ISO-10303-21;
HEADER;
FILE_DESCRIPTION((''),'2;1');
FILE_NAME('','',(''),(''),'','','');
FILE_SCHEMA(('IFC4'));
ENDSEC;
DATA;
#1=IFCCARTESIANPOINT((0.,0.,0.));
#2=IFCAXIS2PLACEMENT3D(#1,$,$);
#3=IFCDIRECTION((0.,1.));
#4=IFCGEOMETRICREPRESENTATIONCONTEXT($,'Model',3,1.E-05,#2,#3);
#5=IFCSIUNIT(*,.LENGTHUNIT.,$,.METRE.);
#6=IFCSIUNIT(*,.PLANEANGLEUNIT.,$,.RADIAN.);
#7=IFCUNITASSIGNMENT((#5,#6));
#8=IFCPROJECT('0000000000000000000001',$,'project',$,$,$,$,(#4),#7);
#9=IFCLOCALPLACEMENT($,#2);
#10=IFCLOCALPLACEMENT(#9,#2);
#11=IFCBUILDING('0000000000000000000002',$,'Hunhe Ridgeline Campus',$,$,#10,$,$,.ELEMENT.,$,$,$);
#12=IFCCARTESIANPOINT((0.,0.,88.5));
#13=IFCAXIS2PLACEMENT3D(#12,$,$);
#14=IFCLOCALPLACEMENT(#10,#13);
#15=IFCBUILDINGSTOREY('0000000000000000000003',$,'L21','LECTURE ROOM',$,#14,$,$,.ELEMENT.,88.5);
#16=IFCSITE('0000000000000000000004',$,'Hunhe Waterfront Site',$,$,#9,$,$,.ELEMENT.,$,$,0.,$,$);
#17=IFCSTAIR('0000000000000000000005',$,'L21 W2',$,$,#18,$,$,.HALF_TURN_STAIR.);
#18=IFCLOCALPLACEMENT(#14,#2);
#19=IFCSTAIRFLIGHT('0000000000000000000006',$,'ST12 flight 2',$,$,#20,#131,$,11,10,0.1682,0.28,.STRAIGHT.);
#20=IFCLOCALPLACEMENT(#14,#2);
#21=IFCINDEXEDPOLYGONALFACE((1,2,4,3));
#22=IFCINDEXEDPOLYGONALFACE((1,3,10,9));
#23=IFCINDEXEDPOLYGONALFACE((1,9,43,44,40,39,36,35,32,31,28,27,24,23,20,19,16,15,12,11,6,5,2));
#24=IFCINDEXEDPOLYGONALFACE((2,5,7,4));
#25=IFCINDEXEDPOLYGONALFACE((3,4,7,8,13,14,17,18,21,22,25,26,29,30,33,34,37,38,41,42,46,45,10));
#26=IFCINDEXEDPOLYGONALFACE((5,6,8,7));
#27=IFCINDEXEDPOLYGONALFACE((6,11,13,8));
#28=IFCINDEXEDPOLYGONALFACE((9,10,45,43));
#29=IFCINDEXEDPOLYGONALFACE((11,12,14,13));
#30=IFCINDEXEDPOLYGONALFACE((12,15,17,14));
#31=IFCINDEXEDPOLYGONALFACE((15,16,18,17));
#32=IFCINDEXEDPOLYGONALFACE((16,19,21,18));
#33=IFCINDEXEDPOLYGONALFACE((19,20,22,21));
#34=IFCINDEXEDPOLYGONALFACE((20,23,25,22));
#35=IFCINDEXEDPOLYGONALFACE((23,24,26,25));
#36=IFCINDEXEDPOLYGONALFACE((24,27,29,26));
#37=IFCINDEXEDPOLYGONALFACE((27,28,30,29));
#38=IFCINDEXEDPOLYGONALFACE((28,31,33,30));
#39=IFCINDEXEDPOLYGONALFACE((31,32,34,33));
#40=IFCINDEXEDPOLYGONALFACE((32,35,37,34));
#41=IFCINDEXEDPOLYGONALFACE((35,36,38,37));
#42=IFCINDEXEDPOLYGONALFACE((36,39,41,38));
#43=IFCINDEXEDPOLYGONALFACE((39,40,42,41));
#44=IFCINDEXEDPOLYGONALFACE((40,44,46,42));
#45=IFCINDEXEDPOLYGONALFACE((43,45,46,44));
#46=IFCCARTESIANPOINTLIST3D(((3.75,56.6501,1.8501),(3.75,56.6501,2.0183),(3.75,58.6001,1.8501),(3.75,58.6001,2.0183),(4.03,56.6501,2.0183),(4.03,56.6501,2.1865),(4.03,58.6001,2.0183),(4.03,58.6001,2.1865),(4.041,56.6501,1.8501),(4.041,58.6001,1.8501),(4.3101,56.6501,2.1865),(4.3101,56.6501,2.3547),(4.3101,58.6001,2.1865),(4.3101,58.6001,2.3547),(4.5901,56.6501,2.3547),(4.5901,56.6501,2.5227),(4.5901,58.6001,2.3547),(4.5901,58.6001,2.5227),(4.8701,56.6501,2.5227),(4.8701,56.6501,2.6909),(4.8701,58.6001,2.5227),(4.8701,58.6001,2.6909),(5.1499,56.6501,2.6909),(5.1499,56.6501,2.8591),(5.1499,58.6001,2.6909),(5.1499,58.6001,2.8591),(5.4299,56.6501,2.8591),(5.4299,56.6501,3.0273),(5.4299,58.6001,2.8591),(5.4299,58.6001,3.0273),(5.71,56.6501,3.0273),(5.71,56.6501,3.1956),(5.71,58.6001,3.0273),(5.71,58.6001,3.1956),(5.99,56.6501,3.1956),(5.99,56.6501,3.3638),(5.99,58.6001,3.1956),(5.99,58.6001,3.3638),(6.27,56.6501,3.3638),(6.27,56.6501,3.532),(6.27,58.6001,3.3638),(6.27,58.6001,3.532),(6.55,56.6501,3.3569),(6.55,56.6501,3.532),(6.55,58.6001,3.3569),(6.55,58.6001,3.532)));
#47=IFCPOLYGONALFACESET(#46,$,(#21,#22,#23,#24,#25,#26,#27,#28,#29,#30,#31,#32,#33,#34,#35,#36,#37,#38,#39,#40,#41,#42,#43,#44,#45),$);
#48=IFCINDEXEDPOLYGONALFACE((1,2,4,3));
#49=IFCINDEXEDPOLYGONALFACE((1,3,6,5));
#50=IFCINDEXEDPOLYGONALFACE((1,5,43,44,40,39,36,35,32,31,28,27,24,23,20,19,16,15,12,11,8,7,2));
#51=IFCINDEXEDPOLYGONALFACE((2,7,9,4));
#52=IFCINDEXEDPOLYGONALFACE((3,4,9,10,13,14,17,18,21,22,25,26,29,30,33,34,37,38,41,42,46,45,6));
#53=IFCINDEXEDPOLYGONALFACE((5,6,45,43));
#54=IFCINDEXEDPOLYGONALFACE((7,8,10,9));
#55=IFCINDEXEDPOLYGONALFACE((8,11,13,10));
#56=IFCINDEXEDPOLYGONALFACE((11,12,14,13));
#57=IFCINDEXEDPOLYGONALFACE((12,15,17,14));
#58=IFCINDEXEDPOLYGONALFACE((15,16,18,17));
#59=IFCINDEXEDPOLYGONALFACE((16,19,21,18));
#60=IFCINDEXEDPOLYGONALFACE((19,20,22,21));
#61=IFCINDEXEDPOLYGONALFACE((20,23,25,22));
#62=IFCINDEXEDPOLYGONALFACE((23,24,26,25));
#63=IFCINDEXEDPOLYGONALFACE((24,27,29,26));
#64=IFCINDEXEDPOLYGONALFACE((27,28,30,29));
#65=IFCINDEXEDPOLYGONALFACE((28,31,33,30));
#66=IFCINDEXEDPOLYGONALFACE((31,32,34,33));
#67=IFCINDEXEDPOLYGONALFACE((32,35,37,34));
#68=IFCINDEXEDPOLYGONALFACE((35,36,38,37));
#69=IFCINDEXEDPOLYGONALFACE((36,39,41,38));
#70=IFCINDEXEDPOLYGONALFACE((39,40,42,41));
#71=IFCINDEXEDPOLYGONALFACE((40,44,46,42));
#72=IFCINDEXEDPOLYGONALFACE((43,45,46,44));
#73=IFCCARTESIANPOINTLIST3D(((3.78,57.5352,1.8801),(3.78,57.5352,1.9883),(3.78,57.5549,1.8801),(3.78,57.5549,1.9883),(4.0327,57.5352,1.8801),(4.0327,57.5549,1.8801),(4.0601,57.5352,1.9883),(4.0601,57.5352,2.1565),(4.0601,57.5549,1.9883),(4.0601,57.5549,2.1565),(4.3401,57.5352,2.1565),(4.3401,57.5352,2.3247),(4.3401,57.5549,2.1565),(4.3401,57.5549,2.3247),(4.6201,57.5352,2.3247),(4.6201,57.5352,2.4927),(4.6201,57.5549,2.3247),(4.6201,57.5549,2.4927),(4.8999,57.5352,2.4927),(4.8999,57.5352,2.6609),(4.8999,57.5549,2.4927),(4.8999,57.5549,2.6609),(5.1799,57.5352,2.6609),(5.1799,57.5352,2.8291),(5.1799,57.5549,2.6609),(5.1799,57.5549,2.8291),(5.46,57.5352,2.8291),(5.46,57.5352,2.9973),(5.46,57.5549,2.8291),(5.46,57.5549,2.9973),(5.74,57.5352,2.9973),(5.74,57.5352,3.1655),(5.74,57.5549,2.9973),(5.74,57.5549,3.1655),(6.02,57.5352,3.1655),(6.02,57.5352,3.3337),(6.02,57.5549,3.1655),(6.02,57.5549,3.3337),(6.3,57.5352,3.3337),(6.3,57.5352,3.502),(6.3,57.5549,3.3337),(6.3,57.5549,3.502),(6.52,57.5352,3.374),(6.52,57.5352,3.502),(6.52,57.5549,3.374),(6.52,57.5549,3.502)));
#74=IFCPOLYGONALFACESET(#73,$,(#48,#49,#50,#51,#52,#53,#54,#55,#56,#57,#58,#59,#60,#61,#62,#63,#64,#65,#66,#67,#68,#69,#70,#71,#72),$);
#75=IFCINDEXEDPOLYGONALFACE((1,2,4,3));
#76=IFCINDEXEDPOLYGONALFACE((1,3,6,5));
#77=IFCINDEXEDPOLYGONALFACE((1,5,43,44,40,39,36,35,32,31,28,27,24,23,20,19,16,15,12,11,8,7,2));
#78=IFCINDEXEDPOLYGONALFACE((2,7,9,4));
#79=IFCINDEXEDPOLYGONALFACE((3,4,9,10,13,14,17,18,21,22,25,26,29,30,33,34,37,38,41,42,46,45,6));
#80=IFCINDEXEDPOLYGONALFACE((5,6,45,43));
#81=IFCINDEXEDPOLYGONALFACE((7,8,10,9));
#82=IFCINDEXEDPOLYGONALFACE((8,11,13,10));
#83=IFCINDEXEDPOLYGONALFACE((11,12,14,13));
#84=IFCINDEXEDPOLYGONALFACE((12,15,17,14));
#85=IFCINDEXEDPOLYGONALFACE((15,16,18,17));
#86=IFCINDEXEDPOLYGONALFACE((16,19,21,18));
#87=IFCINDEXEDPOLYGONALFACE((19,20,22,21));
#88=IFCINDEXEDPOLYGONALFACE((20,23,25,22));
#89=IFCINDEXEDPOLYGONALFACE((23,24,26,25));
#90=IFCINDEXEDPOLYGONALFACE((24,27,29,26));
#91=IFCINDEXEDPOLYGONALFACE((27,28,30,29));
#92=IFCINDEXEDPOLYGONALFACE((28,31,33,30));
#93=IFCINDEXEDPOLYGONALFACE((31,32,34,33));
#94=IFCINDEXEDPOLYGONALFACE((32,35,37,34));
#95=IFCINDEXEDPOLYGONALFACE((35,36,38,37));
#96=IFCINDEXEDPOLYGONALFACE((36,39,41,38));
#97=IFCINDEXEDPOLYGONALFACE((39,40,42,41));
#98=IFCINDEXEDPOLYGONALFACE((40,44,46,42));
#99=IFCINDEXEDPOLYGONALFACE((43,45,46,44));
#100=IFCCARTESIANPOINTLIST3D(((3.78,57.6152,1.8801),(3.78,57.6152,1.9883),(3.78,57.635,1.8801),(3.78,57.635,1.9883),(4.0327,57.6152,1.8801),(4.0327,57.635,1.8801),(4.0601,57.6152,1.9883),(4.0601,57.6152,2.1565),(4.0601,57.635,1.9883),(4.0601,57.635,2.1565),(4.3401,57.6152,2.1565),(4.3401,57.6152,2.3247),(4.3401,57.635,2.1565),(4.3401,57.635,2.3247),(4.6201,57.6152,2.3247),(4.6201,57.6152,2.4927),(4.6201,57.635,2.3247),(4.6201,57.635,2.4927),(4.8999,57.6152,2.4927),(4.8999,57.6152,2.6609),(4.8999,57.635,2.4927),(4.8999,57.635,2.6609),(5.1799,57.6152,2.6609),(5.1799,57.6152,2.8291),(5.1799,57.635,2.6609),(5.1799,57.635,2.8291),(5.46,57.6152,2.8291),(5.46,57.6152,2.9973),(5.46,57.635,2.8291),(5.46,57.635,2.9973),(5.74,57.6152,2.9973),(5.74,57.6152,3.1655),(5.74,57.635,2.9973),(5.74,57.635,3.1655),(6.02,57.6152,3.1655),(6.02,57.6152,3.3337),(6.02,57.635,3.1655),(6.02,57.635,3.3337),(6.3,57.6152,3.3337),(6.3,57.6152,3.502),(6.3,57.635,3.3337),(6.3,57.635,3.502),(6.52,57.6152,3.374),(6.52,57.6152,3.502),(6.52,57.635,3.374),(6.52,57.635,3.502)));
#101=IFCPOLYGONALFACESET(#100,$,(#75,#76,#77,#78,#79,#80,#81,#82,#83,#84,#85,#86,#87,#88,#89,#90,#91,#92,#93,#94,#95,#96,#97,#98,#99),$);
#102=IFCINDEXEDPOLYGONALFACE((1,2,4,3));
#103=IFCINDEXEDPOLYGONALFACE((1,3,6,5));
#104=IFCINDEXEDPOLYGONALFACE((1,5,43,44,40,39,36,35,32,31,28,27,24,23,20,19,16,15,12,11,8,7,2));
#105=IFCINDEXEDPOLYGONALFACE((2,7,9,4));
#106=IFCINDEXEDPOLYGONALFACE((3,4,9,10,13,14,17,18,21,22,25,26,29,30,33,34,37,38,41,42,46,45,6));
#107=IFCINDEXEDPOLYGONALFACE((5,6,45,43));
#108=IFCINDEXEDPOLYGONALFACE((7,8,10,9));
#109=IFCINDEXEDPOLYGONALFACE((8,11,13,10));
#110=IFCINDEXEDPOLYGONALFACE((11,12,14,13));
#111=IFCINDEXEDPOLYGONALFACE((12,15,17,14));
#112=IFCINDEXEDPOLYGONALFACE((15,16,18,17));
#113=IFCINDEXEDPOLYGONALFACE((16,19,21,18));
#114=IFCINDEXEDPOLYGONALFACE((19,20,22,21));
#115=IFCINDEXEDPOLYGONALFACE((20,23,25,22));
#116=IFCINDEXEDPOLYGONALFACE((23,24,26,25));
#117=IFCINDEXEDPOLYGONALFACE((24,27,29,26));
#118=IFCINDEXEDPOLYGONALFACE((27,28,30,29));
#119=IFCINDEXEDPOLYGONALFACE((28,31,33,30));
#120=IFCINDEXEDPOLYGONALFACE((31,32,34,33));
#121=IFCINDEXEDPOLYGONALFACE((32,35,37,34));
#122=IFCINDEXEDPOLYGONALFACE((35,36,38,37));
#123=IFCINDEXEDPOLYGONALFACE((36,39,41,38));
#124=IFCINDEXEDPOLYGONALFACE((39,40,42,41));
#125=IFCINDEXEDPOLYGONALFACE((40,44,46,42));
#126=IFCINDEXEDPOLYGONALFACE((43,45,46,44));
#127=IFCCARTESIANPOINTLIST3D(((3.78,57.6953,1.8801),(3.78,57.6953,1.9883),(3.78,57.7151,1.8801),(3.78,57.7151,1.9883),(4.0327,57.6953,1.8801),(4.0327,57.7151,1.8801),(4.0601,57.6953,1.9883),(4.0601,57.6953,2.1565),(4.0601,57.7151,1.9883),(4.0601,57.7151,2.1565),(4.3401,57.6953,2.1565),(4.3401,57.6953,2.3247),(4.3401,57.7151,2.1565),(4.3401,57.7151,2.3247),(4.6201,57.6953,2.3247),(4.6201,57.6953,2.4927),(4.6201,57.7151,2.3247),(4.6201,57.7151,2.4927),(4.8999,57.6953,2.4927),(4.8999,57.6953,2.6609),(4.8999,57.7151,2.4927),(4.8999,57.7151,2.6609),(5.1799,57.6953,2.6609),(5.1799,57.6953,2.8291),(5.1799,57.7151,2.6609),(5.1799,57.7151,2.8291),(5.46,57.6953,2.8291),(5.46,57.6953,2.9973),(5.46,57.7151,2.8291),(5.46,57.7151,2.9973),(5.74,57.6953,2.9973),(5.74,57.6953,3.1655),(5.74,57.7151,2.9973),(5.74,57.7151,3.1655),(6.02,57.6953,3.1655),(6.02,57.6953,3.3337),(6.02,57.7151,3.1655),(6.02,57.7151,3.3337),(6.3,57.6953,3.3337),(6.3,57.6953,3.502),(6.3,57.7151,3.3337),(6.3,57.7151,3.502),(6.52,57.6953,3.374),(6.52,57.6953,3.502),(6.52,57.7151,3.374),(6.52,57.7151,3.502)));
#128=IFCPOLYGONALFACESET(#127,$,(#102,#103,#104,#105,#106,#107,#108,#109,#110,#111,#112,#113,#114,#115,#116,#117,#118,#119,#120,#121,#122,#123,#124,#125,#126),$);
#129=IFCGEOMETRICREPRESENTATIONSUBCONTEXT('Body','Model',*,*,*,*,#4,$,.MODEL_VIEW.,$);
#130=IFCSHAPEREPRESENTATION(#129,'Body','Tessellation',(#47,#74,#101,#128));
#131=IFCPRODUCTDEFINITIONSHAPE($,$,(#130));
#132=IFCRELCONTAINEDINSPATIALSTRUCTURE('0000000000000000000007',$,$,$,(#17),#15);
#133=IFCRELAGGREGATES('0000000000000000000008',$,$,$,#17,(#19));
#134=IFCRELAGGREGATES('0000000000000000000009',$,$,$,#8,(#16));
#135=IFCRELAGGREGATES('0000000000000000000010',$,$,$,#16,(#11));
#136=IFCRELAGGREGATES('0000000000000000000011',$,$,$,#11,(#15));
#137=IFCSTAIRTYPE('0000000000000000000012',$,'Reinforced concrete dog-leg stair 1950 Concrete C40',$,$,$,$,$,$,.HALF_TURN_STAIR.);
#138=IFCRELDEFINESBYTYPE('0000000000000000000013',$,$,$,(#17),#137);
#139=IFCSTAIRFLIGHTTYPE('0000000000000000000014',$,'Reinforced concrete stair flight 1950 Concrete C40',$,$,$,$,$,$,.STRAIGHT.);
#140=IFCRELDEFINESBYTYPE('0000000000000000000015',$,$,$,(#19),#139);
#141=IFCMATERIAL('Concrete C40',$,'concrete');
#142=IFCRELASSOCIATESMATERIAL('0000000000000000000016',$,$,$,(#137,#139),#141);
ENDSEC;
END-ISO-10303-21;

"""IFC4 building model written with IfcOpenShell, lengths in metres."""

from ifc_helpers import new_model, si_unit, direction, frame, origin, place, context, subcontext, project, spatial, polyline, outline, extrude, material, type_object, element, aggregate, save


model = new_model("IFC4")

# Units and contexts
model_context = context("Model", 3, precision=1e-05, world=origin(), true_north=direction((0.0, 1.0)))
body_context = subcontext(model_context, "Body", "Model", "MODEL_VIEW")
ifc_project = project(units=[si_unit("LENGTHUNIT", "METRE"), si_unit("PLANEANGLEUNIT", "RADIAN")], contexts=[model_context])

# Site, building, storey
site_placement = place(None, origin())
site = spatial("IfcSite", under=ifc_project, at=site_placement, Name="Hunhe Waterfront Site", CompositionType="ELEMENT", RefElevation=0.0)
building_placement = place(site_placement, origin())
building = spatial("IfcBuilding", under=site, at=building_placement, Name="Hunhe Ridgeline Campus", CompositionType="ELEMENT")
storey_placement = place(building_placement, frame((0.0, 0.0, 88.5)))
storey = spatial("IfcBuildingStorey", under=building, at=storey_placement, Name="L21", Description="LECTURE ROOM", CompositionType="ELEMENT", Elevation=88.5)

# Shared definitions
ifc_material_1 = material(Name="Concrete C40", Category="concrete")
stair_type = type_object("IfcStairType", Name="Reinforced concrete dog-leg stair 1950 Concrete C40", PredefinedType="HALF_TURN_STAIR", material=ifc_material_1)
stair_flight_type = type_object("IfcStairFlightType", Name="Reinforced concrete stair flight 1950 Concrete C40", PredefinedType="STRAIGHT", material=ifc_material_1)

# Stair, stair flight
stair_1_placement = place(storey_placement, origin())
stair_1 = element("IfcStair", 1, at=stair_1_placement, inside=storey, type_object=stair_type, Name="L21 W2", PredefinedType="HALF_TURN_STAIR")
stair_flight_1_placement = place(storey_placement, frame((3.75, 57.625, 1.8501), z_axis=(0.0, 0.0, 1.0), x_axis=(1.0, 0.0, 0.0)))
stair_flight_1 = element("IfcStairFlight", 2, at=stair_flight_1_placement, type_object=stair_flight_type, Name="ST12 flight 2", NumberOfRisers=11, NumberOfTreads=10, PredefinedType="STRAIGHT", RiserHeight=0.1682, TreadLength=0.28, context=body_context, shape_type="SweptSolid", body=[
    extrude(outline(polyline([(0.0, 0.0), (0.0, 0.1682), (0.28, 0.1682), (0.28, 0.3364), (0.5601, 0.3364), (0.5601, 0.5046), (0.8401, 0.5046), (0.8401, 0.6726), (1.1201, 0.6726), (1.1201, 0.8408), (1.3999, 0.8408), (1.3999, 1.009), (1.6799, 1.009), (1.6799, 1.1772), (1.96, 1.1772), (1.96, 1.3455), (2.24, 1.3455), (2.24, 1.5137), (2.52, 1.5137), (2.52, 1.6819), (2.8, 1.6819), (2.8, 1.8501), (2.8, 1.5068), (0.291, 0.0), (0.0, 0.0)])), frame((0.0, 0.9751, 0.0), z_axis=(0.0, -1.0, 0.0), x_axis=(1.0, 0.0, 0.0)), (0.0, 0.0, 1.0), 1.95),
    extrude(outline(polyline([(0.03, 0.03), (0.03, 0.1382), (0.3101, 0.1382), (0.3101, 0.3064), (0.5901, 0.3064), (0.5901, 0.4746), (0.8701, 0.4746), (0.8701, 0.6426), (1.1499, 0.6426), (1.1499, 0.8108), (1.4299, 0.8108), (1.4299, 0.979), (1.71, 0.979), (1.71, 1.1472), (1.99, 1.1472), (1.99, 1.3154), (2.27, 1.3154), (2.27, 1.4836), (2.55, 1.4836), (2.55, 1.6519), (2.77, 1.6519), (2.77, 1.5239), (0.2827, 0.03), (0.03, 0.03)])), frame((0.0, -0.0701, 0.0), z_axis=(0.0, -1.0, 0.0), x_axis=(1.0, 0.0, 0.0)), (0.0, 0.0, 1.0), 0.0198),
    extrude(outline(polyline([(0.03, 0.03), (0.03, 0.1382), (0.3101, 0.1382), (0.3101, 0.3064), (0.5901, 0.3064), (0.5901, 0.4746), (0.8701, 0.4746), (0.8701, 0.6426), (1.1499, 0.6426), (1.1499, 0.8108), (1.4299, 0.8108), (1.4299, 0.979), (1.71, 0.979), (1.71, 1.1472), (1.99, 1.1472), (1.99, 1.3154), (2.27, 1.3154), (2.27, 1.4836), (2.55, 1.4836), (2.55, 1.6519), (2.77, 1.6519), (2.77, 1.5239), (0.2827, 0.03), (0.03, 0.03)])), frame((0.0, 0.01, 0.0), z_axis=(0.0, -1.0, 0.0), x_axis=(1.0, 0.0, 0.0)), (0.0, 0.0, 1.0), 0.0198),
    extrude(outline(polyline([(0.03, 0.03), (0.03, 0.1382), (0.3101, 0.1382), (0.3101, 0.3064), (0.5901, 0.3064), (0.5901, 0.4746), (0.8701, 0.4746), (0.8701, 0.6426), (1.1499, 0.6426), (1.1499, 0.8108), (1.4299, 0.8108), (1.4299, 0.979), (1.71, 0.979), (1.71, 1.1472), (1.99, 1.1472), (1.99, 1.3154), (2.27, 1.3154), (2.27, 1.4836), (2.55, 1.4836), (2.55, 1.6519), (2.77, 1.6519), (2.77, 1.5239), (0.2827, 0.03), (0.03, 0.03)])), frame((0.0, 0.0901, 0.0), z_axis=(0.0, -1.0, 0.0), x_axis=(1.0, 0.0, 0.0)), (0.0, 0.0, 1.0), 0.0198),
])
aggregate(stair_1, [stair_flight_1])

save(model, "model.ifc")
